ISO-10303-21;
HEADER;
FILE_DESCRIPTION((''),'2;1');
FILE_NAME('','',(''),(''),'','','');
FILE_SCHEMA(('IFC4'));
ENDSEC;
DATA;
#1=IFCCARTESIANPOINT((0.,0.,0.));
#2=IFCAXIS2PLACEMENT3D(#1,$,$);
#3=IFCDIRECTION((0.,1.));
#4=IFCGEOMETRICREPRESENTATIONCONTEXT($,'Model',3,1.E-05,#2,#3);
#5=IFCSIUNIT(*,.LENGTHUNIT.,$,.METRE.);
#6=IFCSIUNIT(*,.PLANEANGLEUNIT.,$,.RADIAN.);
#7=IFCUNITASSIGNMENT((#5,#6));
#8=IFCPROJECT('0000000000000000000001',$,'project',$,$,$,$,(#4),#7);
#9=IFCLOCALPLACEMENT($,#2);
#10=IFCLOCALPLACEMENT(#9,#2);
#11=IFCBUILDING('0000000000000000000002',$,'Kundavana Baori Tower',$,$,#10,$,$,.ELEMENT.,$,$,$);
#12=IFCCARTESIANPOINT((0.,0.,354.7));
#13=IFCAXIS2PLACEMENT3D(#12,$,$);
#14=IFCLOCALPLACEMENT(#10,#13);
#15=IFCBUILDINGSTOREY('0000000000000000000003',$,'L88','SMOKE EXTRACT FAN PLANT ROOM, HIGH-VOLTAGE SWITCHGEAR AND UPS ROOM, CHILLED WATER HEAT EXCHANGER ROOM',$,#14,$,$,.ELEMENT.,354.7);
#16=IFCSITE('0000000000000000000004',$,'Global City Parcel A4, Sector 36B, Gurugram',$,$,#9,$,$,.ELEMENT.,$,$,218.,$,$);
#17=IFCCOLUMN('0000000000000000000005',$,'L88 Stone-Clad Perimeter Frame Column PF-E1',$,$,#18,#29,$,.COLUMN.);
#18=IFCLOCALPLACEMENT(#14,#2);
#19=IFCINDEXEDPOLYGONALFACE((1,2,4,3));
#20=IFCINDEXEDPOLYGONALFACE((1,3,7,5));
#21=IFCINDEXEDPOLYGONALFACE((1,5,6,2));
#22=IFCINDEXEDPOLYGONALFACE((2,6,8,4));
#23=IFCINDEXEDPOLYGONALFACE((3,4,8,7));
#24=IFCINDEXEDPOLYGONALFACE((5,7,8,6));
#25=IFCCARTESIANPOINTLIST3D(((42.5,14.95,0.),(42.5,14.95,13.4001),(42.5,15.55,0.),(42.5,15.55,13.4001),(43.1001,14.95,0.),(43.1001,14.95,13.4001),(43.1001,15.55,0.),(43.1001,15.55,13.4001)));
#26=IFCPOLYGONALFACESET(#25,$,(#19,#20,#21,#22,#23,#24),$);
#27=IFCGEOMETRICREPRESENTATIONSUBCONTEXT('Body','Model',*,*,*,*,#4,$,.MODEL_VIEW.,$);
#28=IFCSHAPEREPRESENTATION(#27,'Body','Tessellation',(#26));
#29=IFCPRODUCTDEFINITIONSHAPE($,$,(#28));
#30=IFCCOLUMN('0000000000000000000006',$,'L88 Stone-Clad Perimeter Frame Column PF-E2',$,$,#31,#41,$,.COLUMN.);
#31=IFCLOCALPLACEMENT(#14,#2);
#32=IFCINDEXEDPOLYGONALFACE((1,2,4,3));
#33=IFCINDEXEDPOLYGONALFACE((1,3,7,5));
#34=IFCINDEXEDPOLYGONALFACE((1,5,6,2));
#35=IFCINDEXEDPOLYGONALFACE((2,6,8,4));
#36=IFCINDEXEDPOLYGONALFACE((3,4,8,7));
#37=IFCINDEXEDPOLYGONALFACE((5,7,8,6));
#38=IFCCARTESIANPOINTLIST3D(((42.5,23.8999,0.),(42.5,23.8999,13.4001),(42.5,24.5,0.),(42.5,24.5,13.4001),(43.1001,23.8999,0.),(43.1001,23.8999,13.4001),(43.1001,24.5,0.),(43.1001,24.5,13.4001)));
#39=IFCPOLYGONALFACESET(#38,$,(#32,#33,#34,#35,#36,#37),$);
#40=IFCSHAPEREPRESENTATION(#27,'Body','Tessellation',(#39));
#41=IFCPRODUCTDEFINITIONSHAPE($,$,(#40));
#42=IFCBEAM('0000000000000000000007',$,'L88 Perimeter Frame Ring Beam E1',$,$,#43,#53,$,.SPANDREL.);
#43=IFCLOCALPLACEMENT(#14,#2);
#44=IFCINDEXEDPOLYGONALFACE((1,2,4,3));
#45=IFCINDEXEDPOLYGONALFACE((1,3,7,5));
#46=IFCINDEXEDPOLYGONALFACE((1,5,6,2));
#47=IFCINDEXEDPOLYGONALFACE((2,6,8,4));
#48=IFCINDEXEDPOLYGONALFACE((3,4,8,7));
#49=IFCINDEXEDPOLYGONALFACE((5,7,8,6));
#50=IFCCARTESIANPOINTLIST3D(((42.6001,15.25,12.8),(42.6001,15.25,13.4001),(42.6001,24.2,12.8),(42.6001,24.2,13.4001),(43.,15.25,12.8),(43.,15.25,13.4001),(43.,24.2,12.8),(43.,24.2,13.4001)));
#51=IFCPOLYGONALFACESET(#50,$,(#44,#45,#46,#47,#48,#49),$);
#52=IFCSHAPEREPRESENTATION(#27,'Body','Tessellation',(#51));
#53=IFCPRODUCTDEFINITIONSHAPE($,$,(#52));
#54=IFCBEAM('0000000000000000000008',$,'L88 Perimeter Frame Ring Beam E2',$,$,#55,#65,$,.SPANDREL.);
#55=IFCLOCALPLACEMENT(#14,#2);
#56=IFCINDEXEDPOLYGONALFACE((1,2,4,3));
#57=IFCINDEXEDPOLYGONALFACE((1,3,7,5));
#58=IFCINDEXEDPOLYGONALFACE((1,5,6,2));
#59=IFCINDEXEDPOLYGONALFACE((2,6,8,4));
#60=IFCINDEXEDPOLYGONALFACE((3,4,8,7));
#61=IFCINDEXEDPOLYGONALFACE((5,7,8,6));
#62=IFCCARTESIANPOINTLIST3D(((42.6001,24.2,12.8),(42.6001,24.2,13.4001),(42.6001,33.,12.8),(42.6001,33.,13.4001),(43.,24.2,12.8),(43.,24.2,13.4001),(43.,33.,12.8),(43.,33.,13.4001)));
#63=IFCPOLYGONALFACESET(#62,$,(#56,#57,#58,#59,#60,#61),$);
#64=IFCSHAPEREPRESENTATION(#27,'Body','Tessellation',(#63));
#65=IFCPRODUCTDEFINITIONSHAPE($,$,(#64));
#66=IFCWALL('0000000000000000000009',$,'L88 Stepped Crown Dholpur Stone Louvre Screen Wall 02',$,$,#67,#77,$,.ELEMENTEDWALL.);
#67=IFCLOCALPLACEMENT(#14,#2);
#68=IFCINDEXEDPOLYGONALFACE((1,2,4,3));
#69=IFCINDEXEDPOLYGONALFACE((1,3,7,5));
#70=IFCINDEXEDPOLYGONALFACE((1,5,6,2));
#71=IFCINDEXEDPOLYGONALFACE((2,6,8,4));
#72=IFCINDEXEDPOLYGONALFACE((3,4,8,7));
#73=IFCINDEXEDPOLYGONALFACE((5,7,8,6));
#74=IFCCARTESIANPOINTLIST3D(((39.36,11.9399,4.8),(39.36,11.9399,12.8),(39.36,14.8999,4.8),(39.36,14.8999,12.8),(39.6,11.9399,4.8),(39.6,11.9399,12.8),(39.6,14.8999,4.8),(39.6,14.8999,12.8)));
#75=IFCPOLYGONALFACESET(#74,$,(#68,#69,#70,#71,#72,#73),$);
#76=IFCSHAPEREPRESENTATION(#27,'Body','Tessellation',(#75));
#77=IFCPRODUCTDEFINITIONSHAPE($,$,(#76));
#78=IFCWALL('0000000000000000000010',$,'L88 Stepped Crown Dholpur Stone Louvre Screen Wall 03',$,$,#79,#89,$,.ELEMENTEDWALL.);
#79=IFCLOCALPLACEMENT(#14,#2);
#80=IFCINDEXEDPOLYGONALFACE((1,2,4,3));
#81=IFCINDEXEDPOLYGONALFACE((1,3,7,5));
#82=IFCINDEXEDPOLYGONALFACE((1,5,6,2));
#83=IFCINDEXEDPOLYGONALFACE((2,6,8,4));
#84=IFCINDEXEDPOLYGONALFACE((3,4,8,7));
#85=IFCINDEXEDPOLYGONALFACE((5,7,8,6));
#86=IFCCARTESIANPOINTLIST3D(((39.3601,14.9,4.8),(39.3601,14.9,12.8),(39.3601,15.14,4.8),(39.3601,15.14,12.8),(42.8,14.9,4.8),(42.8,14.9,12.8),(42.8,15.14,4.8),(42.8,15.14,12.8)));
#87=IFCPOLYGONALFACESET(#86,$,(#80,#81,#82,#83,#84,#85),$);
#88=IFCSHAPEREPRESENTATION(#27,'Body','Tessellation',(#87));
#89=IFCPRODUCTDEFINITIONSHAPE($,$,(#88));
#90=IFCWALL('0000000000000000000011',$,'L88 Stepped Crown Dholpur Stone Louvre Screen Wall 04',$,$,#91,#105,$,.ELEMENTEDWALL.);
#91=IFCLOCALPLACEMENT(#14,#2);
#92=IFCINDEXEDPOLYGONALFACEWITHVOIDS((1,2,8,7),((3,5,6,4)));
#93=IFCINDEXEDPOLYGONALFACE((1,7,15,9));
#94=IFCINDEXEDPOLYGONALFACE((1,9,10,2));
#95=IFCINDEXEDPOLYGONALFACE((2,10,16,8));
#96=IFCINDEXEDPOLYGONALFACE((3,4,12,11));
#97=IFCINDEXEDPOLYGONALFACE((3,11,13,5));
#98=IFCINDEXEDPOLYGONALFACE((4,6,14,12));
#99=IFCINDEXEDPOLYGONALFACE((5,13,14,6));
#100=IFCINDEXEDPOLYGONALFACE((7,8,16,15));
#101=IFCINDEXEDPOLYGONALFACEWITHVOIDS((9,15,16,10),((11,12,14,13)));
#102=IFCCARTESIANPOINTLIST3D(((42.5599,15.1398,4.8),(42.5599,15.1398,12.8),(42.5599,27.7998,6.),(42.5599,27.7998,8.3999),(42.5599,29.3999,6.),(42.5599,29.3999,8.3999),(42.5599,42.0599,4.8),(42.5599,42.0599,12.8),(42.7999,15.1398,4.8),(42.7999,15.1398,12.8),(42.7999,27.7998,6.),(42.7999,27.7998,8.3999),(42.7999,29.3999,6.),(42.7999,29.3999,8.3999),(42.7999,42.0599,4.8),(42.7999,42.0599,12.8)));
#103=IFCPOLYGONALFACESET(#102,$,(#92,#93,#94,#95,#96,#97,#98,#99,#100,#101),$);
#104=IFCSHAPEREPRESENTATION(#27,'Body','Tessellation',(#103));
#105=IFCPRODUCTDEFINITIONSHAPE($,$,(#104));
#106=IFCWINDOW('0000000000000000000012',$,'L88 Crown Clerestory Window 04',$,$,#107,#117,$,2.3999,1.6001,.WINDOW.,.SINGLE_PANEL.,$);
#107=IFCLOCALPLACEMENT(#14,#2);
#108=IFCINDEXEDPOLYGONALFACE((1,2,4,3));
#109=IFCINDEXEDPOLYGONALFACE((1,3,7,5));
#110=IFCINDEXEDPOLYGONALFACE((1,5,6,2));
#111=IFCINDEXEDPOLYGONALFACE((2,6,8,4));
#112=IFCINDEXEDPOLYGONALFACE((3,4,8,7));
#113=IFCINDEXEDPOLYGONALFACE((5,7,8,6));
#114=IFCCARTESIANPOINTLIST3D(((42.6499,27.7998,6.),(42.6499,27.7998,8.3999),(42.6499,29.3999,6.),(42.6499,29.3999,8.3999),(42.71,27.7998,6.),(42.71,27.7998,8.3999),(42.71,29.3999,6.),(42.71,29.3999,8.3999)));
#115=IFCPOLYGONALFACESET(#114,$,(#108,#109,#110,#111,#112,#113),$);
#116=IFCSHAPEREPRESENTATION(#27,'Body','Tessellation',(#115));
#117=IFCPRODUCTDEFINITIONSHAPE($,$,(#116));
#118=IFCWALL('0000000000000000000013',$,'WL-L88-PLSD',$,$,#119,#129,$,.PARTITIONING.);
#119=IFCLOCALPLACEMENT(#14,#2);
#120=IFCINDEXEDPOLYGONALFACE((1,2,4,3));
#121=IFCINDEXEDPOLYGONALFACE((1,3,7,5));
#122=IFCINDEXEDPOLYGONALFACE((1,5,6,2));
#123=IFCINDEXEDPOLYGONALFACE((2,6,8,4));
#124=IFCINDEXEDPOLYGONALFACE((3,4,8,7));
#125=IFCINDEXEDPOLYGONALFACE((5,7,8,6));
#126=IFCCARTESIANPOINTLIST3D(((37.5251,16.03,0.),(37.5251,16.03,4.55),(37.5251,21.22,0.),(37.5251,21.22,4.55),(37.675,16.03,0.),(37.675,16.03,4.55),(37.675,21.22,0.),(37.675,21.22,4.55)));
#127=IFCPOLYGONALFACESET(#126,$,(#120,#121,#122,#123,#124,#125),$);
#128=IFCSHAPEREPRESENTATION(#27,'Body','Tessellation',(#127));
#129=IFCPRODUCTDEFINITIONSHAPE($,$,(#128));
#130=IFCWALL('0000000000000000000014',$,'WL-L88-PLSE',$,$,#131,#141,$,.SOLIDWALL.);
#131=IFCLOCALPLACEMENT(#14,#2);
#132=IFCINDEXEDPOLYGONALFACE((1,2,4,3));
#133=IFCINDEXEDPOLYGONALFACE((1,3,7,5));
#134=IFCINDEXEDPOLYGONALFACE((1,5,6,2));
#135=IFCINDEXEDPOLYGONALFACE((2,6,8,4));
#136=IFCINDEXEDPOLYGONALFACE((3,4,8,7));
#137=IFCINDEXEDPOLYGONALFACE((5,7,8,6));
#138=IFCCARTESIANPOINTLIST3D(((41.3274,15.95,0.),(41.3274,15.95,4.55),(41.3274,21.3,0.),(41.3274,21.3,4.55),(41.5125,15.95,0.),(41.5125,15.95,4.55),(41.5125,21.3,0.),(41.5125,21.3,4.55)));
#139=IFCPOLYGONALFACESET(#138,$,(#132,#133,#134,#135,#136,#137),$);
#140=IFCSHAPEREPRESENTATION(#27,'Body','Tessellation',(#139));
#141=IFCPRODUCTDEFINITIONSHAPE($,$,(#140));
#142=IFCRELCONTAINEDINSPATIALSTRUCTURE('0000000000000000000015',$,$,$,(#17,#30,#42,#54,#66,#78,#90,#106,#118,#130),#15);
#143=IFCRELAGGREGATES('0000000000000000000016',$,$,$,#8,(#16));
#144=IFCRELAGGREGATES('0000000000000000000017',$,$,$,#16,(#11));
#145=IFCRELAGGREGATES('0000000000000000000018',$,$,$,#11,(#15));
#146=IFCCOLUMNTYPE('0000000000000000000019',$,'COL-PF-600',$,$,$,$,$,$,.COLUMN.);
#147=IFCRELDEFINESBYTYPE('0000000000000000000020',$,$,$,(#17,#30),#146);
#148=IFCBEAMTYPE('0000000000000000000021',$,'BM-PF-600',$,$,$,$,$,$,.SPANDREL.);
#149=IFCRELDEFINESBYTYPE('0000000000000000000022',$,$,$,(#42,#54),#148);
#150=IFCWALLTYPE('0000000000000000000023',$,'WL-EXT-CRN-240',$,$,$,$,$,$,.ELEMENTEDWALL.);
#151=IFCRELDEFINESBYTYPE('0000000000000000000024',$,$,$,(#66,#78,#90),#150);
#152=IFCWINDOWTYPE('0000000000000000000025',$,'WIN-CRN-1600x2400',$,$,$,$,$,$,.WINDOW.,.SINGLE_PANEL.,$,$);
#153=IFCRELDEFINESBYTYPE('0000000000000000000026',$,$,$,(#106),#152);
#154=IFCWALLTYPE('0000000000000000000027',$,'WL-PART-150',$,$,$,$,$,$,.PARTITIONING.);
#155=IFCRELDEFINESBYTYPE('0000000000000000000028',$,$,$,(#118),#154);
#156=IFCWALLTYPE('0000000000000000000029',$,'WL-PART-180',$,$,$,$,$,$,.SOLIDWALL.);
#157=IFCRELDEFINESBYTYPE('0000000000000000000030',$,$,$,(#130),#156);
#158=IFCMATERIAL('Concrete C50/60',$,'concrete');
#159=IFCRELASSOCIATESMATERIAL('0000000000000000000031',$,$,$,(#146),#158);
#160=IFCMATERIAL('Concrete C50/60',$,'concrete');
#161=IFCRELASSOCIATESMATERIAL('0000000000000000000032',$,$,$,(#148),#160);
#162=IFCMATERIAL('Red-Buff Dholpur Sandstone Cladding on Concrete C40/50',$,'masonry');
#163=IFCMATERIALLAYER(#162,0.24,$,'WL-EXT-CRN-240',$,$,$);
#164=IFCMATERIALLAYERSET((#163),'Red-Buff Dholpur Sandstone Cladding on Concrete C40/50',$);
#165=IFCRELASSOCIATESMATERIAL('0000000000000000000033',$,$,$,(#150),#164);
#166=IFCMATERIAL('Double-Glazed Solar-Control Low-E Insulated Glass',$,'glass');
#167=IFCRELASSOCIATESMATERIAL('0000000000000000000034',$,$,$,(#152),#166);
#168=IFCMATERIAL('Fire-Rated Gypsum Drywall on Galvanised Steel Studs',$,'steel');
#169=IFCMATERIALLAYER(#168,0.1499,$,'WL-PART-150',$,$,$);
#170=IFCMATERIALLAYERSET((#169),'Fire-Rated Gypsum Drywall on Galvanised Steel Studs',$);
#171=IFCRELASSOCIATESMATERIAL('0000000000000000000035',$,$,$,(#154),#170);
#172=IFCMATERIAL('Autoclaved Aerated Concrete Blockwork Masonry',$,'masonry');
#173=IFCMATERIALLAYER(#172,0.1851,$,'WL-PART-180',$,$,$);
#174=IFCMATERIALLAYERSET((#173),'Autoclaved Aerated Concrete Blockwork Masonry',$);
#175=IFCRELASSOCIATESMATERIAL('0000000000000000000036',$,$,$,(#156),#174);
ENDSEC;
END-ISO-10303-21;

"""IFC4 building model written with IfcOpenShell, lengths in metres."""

from ifc_helpers import new_model, si_unit, direction, frame, frame_2d, origin, origin_2d, place, context, subcontext, project, spatial, rectangle, extrude, material, layer, layer_set, material_profile, profile_set, type_object, element, fill, save


model = new_model("IFC4")

# Units and contexts
model_context = context("Model", 3, precision=1e-05, world=origin(), true_north=direction((0.0, 1.0)))
body_context = subcontext(model_context, "Body", "Model", "MODEL_VIEW")
ifc_project = project(units=[si_unit("LENGTHUNIT", "METRE"), si_unit("PLANEANGLEUNIT", "RADIAN")], contexts=[model_context])

# Site, building, storey
site_placement = place(None, origin())
site = spatial("IfcSite", under=ifc_project, at=site_placement, Name="Global City Parcel A4, Sector 36B, Gurugram", CompositionType="ELEMENT", RefElevation=218.0)
building_placement = place(site_placement, origin())
building = spatial("IfcBuilding", under=site, at=building_placement, Name="Kundavana Baori Tower", CompositionType="ELEMENT")
storey_placement = place(building_placement, frame((0.0, 0.0, 354.7)))
storey = spatial("IfcBuildingStorey", under=building, at=storey_placement, Name="L88", Description="SMOKE EXTRACT FAN PLANT ROOM, HIGH-VOLTAGE SWITCHGEAR AND UPS ROOM, CHILLED WATER HEAT EXCHANGER ROOM", CompositionType="ELEMENT", Elevation=354.7)

# Columns
ifc_material_1 = material(Name="Concrete C50/60", Category="concrete")
ifc_material_profile_1 = material_profile(ifc_material_1, rectangle(XDim=0.6001, YDim=0.6001, at=origin_2d()), Name="RC PF 600x600")
ifc_profile_set_1 = profile_set([ifc_material_profile_1], Name="Concrete C50/60")
column_type = type_object("IfcColumnType", Name="COL-PF-600", PredefinedType="COLUMN", material=ifc_profile_set_1)
for number, where, z_axis, x_axis, name in (
    (1, (42.8, 15.25, 0.0), (0.0, 0.0, 1.0), (1.0, 0.0, 0.0), "L88 Stone-Clad Perimeter Frame Column PF-E1"),
    (2, (42.8, 24.2, 0.0), (0.0, 0.0, 1.0), (1.0, 0.0, 0.0), "L88 Stone-Clad Perimeter Frame Column PF-E2"),
):
    element("IfcColumn", number, at=place(storey_placement, frame(where, z_axis=z_axis, x_axis=x_axis)), inside=storey, type_object=column_type, Name=name, PredefinedType="COLUMN", context=body_context, shape_type="SweptSolid", body=[
        extrude(rectangle(XDim=0.6001, YDim=0.6001, at=origin_2d()), origin(), (0.0, 0.0, 1.0), 13.4001),
    ])

# Beams
ifc_material_2 = material(Name="Concrete C50/60", Category="concrete")
ifc_material_profile_2 = material_profile(ifc_material_2, rectangle(XDim=0.3999, YDim=0.6001, at=origin_2d()), Name="RC BM 400x600")
ifc_profile_set_2 = profile_set([ifc_material_profile_2], Name="Concrete C50/60")
beam_type = type_object("IfcBeamType", Name="BM-PF-600", PredefinedType="SPANDREL", material=ifc_profile_set_2)
beam_1_placement = place(storey_placement, frame((42.8, 15.25, 13.1001), z_axis=(0.0, 1.0, 0.0), x_axis=(-1.0, 0.0, 0.0)))
element("IfcBeam", 3, at=beam_1_placement, inside=storey, type_object=beam_type, Name="L88 Perimeter Frame Ring Beam E1", PredefinedType="SPANDREL", context=body_context, shape_type="SweptSolid", body=[
    extrude(rectangle(XDim=0.3999, YDim=0.6001, at=origin_2d()), origin(), (0.0, 0.0, 1.0), 8.95),
])
beam_2_placement = place(storey_placement, frame((42.8, 24.2, 13.1001), z_axis=(0.0, 1.0, 0.0), x_axis=(-1.0, 0.0, 0.0)))
element("IfcBeam", 4, at=beam_2_placement, inside=storey, type_object=beam_type, Name="L88 Perimeter Frame Ring Beam E2", PredefinedType="SPANDREL", context=body_context, shape_type="SweptSolid", body=[
    extrude(rectangle(XDim=0.3999, YDim=0.6001, at=origin_2d()), origin(), (0.0, 0.0, 1.0), 8.8),
])

# Walls
ifc_material_3 = material(Name="Red-Buff Dholpur Sandstone Cladding on Concrete C40/50", Category="masonry")
ifc_layer_1 = layer(ifc_material_3, 0.24, Name="WL-EXT-CRN-240")
ifc_layer_set_1 = layer_set([ifc_layer_1], Name="Red-Buff Dholpur Sandstone Cladding on Concrete C40/50")
wall_type_1 = type_object("IfcWallType", Name="WL-EXT-CRN-240", PredefinedType="ELEMENTEDWALL", material=ifc_layer_set_1)
wall_1_placement = place(storey_placement, frame((39.48, 11.9399, 4.8), z_axis=(0.0, 0.0, 1.0), x_axis=(0.0, 1.0, 0.0)))
element("IfcWall", 5, at=wall_1_placement, inside=storey, type_object=wall_type_1, Name="L88 Stepped Crown Dholpur Stone Louvre Screen Wall 02", PredefinedType="ELEMENTEDWALL", context=body_context, shape_type="SweptSolid", body=[
    extrude(rectangle(XDim=2.96, YDim=0.24, at=frame_2d((1.48, 0.0))), origin(), (0.0, 0.0, 1.0), 8.0),
])
wall_2_placement = place(storey_placement, frame((39.3601, 15.02, 4.8), z_axis=(0.0, 0.0, 1.0), x_axis=(1.0, 0.0, 0.0)))
element("IfcWall", 6, at=wall_2_placement, inside=storey, type_object=wall_type_1, Name="L88 Stepped Crown Dholpur Stone Louvre Screen Wall 03", PredefinedType="ELEMENTEDWALL", context=body_context, shape_type="SweptSolid", body=[
    extrude(rectangle(XDim=3.4399, YDim=0.24, at=frame_2d((1.72, 0.0))), origin(), (0.0, 0.0, 1.0), 8.0),
])

# Wall, opening, window
wall_3_placement = place(storey_placement, frame((42.6799, 15.1399, 4.8), z_axis=(0.0, 0.0, 1.0), x_axis=(0.0, 1.0, 0.0)))
wall_3 = element("IfcWall", 7, at=wall_3_placement, inside=storey, type_object=wall_type_1, Name="L88 Stepped Crown Dholpur Stone Louvre Screen Wall 04", PredefinedType="ELEMENTEDWALL", context=body_context, shape_type="SweptSolid", body=[
    extrude(rectangle(XDim=26.9202, YDim=0.24, at=frame_2d((13.46, 0.0))), origin(), (0.0, 0.0, 1.0), 8.0),
])
opening_placement = place(wall_3_placement, frame((12.6599, 0.0, 1.2)))
opening = element("IfcOpeningElement", 8, at=opening_placement, cuts=wall_3, PredefinedType="OPENING", context=body_context, shape_type="SweptSolid", body=[
    extrude(rectangle(XDim=1.6001, YDim=2.3999, at=frame_2d((0.8, 1.2))), frame((0.0, 0.1299, 0.0), z_axis=(0.0, -1.0, 0.0), x_axis=(1.0, 0.0, 0.0)), (0.0, 0.0, 1.0), 0.26),
])
ifc_material_4 = material(Name="Double-Glazed Solar-Control Low-E Insulated Glass", Category="glass")
window_type = type_object("IfcWindowType", Name="WIN-CRN-1600x2400", PartitioningType="SINGLE_PANEL", PredefinedType="WINDOW", material=ifc_material_4)
window_placement = place(opening_placement, origin())
window = element("IfcWindow", 9, at=window_placement, inside=storey, type_object=window_type, Name="L88 Crown Clerestory Window 04", OverallHeight=2.3999, OverallWidth=1.6001, PartitioningType="SINGLE_PANEL", PredefinedType="WINDOW", context=body_context, shape_type="SweptSolid", body=[
    extrude(rectangle(XDim=1.6001, YDim=2.3999, at=frame_2d((0.8, 1.2))), frame((0.0, 0.03, 0.0), z_axis=(0.0, -1.0, 0.0), x_axis=(1.0, 0.0, 0.0)), (0.0, 0.0, 1.0), 0.0601),
])
fill(opening, window)

# Walls
ifc_material_5 = material(Name="Fire-Rated Gypsum Drywall on Galvanised Steel Studs", Category="steel")
ifc_layer_2 = layer(ifc_material_5, 0.1499, Name="WL-PART-150")
ifc_layer_set_2 = layer_set([ifc_layer_2], Name="Fire-Rated Gypsum Drywall on Galvanised Steel Studs")
wall_type_2 = type_object("IfcWallType", Name="WL-PART-150", PredefinedType="PARTITIONING", material=ifc_layer_set_2)
wall_4_placement = place(storey_placement, frame((37.6001, 16.03, 0.0), z_axis=(0.0, 0.0, 1.0), x_axis=(0.0, 1.0, 0.0)))
element("IfcWall", 10, at=wall_4_placement, inside=storey, type_object=wall_type_2, Name="WL-L88-PLSD", PredefinedType="PARTITIONING", context=body_context, shape_type="SweptSolid", body=[
    extrude(rectangle(XDim=5.1899, YDim=0.1499, at=frame_2d((2.595, 0.0))), origin(), (0.0, 0.0, 1.0), 4.55),
])
ifc_material_6 = material(Name="Autoclaved Aerated Concrete Blockwork Masonry", Category="masonry")
ifc_layer_3 = layer(ifc_material_6, 0.1851, Name="WL-PART-180")
ifc_layer_set_3 = layer_set([ifc_layer_3], Name="Autoclaved Aerated Concrete Blockwork Masonry")
wall_type_3 = type_object("IfcWallType", Name="WL-PART-180", PredefinedType="SOLIDWALL", material=ifc_layer_set_3)
wall_5_placement = place(storey_placement, frame((41.4199, 15.95, 0.0), z_axis=(0.0, 0.0, 1.0), x_axis=(0.0, 1.0, 0.0)))
element("IfcWall", 11, at=wall_5_placement, inside=storey, type_object=wall_type_3, Name="WL-L88-PLSE", PredefinedType="SOLIDWALL", context=body_context, shape_type="SweptSolid", body=[
    extrude(rectangle(XDim=5.3501, YDim=0.1851, at=frame_2d((2.675, 0.0))), origin(), (0.0, 0.0, 1.0), 4.55),
])

save(model, "model.ifc")
